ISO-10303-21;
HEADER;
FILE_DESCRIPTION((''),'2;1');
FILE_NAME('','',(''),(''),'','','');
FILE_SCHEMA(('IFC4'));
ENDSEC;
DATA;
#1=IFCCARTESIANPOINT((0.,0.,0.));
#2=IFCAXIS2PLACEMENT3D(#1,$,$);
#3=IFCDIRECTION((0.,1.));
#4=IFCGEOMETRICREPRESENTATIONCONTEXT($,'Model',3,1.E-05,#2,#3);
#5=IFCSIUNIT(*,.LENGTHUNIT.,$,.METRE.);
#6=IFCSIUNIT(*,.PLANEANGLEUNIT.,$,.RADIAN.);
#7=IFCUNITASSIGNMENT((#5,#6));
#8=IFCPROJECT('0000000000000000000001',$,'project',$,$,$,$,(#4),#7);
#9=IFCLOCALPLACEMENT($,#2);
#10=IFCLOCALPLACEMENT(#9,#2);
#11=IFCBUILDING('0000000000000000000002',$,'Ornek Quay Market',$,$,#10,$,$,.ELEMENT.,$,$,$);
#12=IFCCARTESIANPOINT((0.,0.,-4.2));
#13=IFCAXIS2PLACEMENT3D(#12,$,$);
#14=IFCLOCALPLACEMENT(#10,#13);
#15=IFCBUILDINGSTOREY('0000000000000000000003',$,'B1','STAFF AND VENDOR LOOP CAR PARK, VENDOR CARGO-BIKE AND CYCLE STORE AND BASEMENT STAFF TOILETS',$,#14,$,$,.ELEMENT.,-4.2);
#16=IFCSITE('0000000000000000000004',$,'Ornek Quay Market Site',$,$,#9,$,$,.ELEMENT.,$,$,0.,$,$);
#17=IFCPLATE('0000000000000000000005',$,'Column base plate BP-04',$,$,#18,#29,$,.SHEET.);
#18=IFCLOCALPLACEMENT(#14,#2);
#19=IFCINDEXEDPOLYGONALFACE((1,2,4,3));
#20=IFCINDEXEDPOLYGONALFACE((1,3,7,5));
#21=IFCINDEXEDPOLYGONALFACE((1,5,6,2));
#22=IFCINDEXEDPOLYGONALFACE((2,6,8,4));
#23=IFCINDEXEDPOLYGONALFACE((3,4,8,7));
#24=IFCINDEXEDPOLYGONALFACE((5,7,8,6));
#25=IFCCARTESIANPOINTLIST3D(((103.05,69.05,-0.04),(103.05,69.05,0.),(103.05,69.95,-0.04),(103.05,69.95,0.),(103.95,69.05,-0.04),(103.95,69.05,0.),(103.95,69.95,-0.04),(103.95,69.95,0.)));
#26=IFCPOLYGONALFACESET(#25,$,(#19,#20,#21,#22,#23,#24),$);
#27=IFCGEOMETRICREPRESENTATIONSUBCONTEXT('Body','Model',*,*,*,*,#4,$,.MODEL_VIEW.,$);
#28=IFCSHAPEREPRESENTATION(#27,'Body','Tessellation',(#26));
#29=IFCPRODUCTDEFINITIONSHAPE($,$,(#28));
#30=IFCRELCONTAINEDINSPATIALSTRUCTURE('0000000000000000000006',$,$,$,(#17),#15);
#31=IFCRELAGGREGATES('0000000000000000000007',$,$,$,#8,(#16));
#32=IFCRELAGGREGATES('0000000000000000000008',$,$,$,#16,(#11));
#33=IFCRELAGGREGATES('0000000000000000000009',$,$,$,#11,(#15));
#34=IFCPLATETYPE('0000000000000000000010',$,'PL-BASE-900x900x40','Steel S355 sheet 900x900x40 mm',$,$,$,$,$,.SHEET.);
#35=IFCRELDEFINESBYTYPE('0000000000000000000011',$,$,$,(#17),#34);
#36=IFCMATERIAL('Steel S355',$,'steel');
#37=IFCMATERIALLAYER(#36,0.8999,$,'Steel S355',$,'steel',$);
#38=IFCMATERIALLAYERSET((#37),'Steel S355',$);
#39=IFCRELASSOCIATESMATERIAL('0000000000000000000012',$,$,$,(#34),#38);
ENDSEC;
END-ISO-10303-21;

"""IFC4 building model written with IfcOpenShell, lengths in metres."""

from ifc_helpers import new_model, si_unit, direction, frame, origin, origin_2d, place, context, subcontext, project, spatial, rectangle, extrude, material, layer, layer_set, type_object, element, save


model = new_model("IFC4")

# Units and contexts
model_context = context("Model", 3, precision=1e-05, world=origin(), true_north=direction((0.0, 1.0)))
body_context = subcontext(model_context, "Body", "Model", "MODEL_VIEW")
ifc_project = project(units=[si_unit("LENGTHUNIT", "METRE"), si_unit("PLANEANGLEUNIT", "RADIAN")], contexts=[model_context])

# Site, building, storey
site_placement = place(None, origin())
site = spatial("IfcSite", under=ifc_project, at=site_placement, Name="Ornek Quay Market Site", CompositionType="ELEMENT", RefElevation=0.0)
building_placement = place(site_placement, origin())
building = spatial("IfcBuilding", under=site, at=building_placement, Name="Ornek Quay Market", CompositionType="ELEMENT")
storey_placement = place(building_placement, frame((0.0, 0.0, -4.2)))
storey = spatial("IfcBuildingStorey", under=building, at=storey_placement, Name="B1", Description="STAFF AND VENDOR LOOP CAR PARK, VENDOR CARGO-BIKE AND CYCLE STORE AND BASEMENT STAFF TOILETS", CompositionType="ELEMENT", Elevation=-4.2)

# Shared definitions
ifc_material_1 = material(Name="Steel S355", Category="steel")

# Plate
ifc_layer = layer(ifc_material_1, 0.8999, Name="Steel S355", Category="steel")
ifc_layer_set = layer_set([ifc_layer], Name="Steel S355")
plate_type = type_object("IfcPlateType", Name="PL-BASE-900x900x40", Description="Steel S355 sheet 900x900x40 mm", PredefinedType="SHEET", material=ifc_layer_set)
plate_placement = place(storey_placement, frame((103.5, 69.5, -0.04), z_axis=(0.0, 0.0, 1.0), x_axis=(1.0, 0.0, 0.0)))
element("IfcPlate", 1, at=plate_placement, inside=storey, type_object=plate_type, Name="Column base plate BP-04", PredefinedType="SHEET", context=body_context, shape_type="SweptSolid", body=[
    extrude(rectangle(XDim=0.8999, YDim=0.8999, at=origin_2d()), origin(), (0.0, 0.0, 1.0), 0.04),
])

save(model, "model.ifc")
